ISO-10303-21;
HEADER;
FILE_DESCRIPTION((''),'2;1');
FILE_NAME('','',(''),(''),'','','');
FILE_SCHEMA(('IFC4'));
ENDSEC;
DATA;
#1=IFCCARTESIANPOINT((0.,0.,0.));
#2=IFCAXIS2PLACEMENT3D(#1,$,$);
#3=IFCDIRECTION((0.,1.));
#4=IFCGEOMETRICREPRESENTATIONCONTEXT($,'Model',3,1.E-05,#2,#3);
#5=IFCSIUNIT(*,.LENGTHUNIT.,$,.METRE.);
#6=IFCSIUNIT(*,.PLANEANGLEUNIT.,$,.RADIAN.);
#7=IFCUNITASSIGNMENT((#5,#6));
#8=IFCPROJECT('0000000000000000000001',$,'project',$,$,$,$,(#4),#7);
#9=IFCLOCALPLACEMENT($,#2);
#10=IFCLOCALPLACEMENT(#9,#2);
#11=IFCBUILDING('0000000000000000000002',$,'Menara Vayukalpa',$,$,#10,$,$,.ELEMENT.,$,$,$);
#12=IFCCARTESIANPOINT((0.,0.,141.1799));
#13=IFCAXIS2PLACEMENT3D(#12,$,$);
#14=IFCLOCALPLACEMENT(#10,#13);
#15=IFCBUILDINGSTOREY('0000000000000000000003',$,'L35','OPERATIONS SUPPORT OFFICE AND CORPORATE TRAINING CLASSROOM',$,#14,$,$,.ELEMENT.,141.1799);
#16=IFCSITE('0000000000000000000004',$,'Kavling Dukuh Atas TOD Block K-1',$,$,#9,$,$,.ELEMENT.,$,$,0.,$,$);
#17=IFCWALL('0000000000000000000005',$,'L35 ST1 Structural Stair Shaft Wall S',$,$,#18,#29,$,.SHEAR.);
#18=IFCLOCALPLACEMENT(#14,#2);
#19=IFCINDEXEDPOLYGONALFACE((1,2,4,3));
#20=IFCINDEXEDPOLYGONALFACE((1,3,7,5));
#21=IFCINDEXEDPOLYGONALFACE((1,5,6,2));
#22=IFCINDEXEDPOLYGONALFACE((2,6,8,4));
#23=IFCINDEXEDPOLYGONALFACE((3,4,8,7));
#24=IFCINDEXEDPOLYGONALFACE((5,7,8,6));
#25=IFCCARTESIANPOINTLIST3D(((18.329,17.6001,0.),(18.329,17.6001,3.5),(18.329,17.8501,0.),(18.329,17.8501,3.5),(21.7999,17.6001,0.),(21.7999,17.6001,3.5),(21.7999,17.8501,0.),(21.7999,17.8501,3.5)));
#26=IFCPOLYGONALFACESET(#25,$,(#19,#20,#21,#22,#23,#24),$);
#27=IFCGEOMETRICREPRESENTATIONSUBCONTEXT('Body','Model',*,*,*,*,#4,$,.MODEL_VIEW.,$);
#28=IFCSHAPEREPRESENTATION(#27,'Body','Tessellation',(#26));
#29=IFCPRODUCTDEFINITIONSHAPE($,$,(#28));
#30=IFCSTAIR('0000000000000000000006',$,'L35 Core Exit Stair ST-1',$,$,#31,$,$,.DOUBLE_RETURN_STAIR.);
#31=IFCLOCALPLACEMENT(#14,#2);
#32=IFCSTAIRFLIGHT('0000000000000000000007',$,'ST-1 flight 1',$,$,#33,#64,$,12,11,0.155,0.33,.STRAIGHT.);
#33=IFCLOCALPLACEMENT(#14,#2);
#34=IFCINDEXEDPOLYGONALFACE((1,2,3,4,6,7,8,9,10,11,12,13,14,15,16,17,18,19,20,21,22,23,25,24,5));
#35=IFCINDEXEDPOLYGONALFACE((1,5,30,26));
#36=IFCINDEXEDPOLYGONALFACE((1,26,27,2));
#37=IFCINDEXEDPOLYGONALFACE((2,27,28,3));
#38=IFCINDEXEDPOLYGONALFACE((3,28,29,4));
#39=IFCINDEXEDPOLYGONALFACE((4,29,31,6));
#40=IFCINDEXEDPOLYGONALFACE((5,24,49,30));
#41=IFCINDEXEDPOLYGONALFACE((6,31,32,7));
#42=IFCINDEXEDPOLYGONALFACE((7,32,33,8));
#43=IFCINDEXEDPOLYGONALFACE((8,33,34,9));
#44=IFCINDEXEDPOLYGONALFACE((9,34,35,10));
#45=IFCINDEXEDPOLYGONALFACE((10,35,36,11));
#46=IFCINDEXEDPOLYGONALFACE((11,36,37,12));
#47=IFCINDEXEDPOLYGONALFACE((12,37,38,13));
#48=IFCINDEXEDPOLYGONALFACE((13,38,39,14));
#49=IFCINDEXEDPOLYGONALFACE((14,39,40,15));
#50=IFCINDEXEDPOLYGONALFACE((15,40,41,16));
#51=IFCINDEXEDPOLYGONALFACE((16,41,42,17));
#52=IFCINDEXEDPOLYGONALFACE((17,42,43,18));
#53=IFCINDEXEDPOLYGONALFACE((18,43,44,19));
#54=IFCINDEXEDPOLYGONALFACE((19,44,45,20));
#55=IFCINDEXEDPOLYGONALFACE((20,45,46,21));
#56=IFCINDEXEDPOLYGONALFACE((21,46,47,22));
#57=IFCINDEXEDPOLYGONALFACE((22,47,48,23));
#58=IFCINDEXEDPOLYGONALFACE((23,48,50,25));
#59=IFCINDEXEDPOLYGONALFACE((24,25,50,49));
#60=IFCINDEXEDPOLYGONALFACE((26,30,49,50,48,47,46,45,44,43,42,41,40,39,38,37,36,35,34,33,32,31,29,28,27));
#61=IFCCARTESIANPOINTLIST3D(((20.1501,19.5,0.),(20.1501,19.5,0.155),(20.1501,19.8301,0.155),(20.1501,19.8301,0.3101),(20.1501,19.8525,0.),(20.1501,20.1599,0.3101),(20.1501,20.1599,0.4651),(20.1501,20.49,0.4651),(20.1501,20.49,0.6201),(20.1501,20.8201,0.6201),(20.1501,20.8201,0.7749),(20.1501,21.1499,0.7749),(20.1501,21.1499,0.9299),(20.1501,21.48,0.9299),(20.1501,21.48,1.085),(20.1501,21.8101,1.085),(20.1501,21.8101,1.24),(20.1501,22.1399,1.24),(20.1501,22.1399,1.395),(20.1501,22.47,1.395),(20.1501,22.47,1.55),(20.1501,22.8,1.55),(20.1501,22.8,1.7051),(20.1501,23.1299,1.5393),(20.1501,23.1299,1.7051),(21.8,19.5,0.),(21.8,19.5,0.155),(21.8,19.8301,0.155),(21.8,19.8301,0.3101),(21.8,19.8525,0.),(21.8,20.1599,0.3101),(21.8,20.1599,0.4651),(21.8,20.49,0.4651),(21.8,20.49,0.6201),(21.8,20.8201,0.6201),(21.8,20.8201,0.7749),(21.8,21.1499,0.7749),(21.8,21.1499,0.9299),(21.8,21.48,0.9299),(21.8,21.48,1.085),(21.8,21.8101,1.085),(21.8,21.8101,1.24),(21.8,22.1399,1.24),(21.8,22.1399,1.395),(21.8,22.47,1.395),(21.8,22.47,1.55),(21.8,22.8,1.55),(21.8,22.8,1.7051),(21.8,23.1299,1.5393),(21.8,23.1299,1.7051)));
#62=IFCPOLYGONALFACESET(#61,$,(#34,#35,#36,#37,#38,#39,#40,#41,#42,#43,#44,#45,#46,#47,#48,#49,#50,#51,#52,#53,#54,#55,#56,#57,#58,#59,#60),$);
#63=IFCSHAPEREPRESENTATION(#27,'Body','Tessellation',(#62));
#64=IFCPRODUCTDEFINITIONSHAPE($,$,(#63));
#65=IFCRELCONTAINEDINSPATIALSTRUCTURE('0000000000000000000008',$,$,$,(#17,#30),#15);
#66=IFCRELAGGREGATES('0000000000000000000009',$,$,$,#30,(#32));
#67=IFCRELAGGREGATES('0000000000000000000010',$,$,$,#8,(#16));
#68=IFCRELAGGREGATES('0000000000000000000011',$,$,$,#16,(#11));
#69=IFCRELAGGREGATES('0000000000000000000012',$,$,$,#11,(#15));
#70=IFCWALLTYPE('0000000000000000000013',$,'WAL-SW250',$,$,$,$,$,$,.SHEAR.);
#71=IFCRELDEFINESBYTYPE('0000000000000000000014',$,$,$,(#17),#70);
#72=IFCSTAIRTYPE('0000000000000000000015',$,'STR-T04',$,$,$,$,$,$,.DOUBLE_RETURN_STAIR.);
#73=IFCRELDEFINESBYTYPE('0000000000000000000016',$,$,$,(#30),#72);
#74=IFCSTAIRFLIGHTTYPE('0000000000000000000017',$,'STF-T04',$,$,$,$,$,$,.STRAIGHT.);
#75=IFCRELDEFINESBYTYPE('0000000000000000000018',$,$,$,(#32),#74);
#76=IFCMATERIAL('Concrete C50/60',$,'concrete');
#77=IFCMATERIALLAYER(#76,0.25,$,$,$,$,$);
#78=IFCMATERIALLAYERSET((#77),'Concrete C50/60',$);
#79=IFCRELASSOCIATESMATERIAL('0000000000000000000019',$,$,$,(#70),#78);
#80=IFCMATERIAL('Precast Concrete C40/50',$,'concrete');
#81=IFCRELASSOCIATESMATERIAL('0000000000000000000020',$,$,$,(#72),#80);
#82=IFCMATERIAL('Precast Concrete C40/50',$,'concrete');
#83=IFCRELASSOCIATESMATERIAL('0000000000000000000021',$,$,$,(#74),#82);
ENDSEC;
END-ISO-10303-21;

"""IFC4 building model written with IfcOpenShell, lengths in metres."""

from ifc_helpers import new_model, si_unit, direction, frame, frame_2d, origin, place, context, subcontext, project, spatial, polyline, rectangle, outline, extrude, material, layer, layer_set, type_object, element, aggregate, save


model = new_model("IFC4")

# Units and contexts
model_context = context("Model", 3, precision=1e-05, world=origin(), true_north=direction((0.0, 1.0)))
body_context = subcontext(model_context, "Body", "Model", "MODEL_VIEW")
ifc_project = project(units=[si_unit("LENGTHUNIT", "METRE"), si_unit("PLANEANGLEUNIT", "RADIAN")], contexts=[model_context])

# Site, building, storey
site_placement = place(None, origin())
site = spatial("IfcSite", under=ifc_project, at=site_placement, Name="Kavling Dukuh Atas TOD Block K-1", CompositionType="ELEMENT", RefElevation=0.0)
building_placement = place(site_placement, origin())
building = spatial("IfcBuilding", under=site, at=building_placement, Name="Menara Vayukalpa", CompositionType="ELEMENT")
storey_placement = place(building_placement, frame((0.0, 0.0, 141.1799)))
storey = spatial("IfcBuildingStorey", under=building, at=storey_placement, Name="L35", Description="OPERATIONS SUPPORT OFFICE AND CORPORATE TRAINING CLASSROOM", CompositionType="ELEMENT", Elevation=141.1799)

# Shared definitions
ifc_material_1 = material(Name="Concrete C50/60", Category="concrete")
ifc_layer_1 = layer(ifc_material_1, 0.25)
ifc_layer_set_1 = layer_set([ifc_layer_1], Name="Concrete C50/60")
wall_type_1 = type_object("IfcWallType", Name="WAL-SW250", PredefinedType="SHEAR", material=ifc_layer_set_1)

# Wall
wall_1_placement = place(storey_placement, frame((18.3291, 17.7251, 0.0), z_axis=(0.0, 0.0, 1.0), x_axis=(1.0, 0.0, 0.0)))
element("IfcWall", 1, at=wall_1_placement, inside=storey, type_object=wall_type_1, Name="L35 ST1 Structural Stair Shaft Wall S", PredefinedType="SHEAR", context=body_context, shape_type="SweptSolid", body=[
    extrude(rectangle(XDim=3.4709, YDim=0.25, at=frame_2d((1.7354, 0.0))), origin(), (0.0, 0.0, 1.0), 3.5),
])

# Stair, stair flight
ifc_material_2 = material(Name="Precast Concrete C40/50", Category="concrete")
stair_type = type_object("IfcStairType", Name="STR-T04", PredefinedType="DOUBLE_RETURN_STAIR", material=ifc_material_2)
stair_placement = place(storey_placement, origin())
stair = element("IfcStair", 2, at=stair_placement, inside=storey, type_object=stair_type, Name="L35 Core Exit Stair ST-1", PredefinedType="DOUBLE_RETURN_STAIR")
ifc_material_3 = material(Name="Precast Concrete C40/50", Category="concrete")
stair_flight_type = type_object("IfcStairFlightType", Name="STF-T04", PredefinedType="STRAIGHT", material=ifc_material_3)
stair_flight_placement = place(storey_placement, frame((20.9751, 19.5, 0.0), z_axis=(0.0, 0.0, 1.0), x_axis=(0.0, 1.0, 0.0)))
stair_flight = element("IfcStairFlight", 3, at=stair_flight_placement, type_object=stair_flight_type, Name="ST-1 flight 1", NumberOfRisers=12, NumberOfTreads=11, PredefinedType="STRAIGHT", RiserHeight=0.155, TreadLength=0.33, context=body_context, shape_type="SweptSolid", body=[
    extrude(outline(polyline([(0.0, 0.0), (0.0, 0.155), (0.3301, 0.155), (0.3301, 0.3101), (0.6599, 0.3101), (0.6599, 0.4651), (0.99, 0.4651), (0.99, 0.6201), (1.3201, 0.6201), (1.3201, 0.7749), (1.6499, 0.7749), (1.6499, 0.9299), (1.98, 0.9299), (1.98, 1.085), (2.3101, 1.085), (2.3101, 1.24), (2.6399, 1.24), (2.6399, 1.395), (2.97, 1.395), (2.97, 1.55), (3.3, 1.55), (3.3, 1.7051), (3.6299, 1.7051), (3.6299, 1.8601), (3.6299, 1.5393), (0.3525, 0.0), (0.0, 0.0)])), frame((0.0, 0.825, 0.0), z_axis=(0.0, -1.0, 0.0), x_axis=(1.0, 0.0, 0.0)), (0.0, 0.0, 1.0), 1.6499),
])
aggregate(stair, [stair_flight])

save(model, "model.ifc")
